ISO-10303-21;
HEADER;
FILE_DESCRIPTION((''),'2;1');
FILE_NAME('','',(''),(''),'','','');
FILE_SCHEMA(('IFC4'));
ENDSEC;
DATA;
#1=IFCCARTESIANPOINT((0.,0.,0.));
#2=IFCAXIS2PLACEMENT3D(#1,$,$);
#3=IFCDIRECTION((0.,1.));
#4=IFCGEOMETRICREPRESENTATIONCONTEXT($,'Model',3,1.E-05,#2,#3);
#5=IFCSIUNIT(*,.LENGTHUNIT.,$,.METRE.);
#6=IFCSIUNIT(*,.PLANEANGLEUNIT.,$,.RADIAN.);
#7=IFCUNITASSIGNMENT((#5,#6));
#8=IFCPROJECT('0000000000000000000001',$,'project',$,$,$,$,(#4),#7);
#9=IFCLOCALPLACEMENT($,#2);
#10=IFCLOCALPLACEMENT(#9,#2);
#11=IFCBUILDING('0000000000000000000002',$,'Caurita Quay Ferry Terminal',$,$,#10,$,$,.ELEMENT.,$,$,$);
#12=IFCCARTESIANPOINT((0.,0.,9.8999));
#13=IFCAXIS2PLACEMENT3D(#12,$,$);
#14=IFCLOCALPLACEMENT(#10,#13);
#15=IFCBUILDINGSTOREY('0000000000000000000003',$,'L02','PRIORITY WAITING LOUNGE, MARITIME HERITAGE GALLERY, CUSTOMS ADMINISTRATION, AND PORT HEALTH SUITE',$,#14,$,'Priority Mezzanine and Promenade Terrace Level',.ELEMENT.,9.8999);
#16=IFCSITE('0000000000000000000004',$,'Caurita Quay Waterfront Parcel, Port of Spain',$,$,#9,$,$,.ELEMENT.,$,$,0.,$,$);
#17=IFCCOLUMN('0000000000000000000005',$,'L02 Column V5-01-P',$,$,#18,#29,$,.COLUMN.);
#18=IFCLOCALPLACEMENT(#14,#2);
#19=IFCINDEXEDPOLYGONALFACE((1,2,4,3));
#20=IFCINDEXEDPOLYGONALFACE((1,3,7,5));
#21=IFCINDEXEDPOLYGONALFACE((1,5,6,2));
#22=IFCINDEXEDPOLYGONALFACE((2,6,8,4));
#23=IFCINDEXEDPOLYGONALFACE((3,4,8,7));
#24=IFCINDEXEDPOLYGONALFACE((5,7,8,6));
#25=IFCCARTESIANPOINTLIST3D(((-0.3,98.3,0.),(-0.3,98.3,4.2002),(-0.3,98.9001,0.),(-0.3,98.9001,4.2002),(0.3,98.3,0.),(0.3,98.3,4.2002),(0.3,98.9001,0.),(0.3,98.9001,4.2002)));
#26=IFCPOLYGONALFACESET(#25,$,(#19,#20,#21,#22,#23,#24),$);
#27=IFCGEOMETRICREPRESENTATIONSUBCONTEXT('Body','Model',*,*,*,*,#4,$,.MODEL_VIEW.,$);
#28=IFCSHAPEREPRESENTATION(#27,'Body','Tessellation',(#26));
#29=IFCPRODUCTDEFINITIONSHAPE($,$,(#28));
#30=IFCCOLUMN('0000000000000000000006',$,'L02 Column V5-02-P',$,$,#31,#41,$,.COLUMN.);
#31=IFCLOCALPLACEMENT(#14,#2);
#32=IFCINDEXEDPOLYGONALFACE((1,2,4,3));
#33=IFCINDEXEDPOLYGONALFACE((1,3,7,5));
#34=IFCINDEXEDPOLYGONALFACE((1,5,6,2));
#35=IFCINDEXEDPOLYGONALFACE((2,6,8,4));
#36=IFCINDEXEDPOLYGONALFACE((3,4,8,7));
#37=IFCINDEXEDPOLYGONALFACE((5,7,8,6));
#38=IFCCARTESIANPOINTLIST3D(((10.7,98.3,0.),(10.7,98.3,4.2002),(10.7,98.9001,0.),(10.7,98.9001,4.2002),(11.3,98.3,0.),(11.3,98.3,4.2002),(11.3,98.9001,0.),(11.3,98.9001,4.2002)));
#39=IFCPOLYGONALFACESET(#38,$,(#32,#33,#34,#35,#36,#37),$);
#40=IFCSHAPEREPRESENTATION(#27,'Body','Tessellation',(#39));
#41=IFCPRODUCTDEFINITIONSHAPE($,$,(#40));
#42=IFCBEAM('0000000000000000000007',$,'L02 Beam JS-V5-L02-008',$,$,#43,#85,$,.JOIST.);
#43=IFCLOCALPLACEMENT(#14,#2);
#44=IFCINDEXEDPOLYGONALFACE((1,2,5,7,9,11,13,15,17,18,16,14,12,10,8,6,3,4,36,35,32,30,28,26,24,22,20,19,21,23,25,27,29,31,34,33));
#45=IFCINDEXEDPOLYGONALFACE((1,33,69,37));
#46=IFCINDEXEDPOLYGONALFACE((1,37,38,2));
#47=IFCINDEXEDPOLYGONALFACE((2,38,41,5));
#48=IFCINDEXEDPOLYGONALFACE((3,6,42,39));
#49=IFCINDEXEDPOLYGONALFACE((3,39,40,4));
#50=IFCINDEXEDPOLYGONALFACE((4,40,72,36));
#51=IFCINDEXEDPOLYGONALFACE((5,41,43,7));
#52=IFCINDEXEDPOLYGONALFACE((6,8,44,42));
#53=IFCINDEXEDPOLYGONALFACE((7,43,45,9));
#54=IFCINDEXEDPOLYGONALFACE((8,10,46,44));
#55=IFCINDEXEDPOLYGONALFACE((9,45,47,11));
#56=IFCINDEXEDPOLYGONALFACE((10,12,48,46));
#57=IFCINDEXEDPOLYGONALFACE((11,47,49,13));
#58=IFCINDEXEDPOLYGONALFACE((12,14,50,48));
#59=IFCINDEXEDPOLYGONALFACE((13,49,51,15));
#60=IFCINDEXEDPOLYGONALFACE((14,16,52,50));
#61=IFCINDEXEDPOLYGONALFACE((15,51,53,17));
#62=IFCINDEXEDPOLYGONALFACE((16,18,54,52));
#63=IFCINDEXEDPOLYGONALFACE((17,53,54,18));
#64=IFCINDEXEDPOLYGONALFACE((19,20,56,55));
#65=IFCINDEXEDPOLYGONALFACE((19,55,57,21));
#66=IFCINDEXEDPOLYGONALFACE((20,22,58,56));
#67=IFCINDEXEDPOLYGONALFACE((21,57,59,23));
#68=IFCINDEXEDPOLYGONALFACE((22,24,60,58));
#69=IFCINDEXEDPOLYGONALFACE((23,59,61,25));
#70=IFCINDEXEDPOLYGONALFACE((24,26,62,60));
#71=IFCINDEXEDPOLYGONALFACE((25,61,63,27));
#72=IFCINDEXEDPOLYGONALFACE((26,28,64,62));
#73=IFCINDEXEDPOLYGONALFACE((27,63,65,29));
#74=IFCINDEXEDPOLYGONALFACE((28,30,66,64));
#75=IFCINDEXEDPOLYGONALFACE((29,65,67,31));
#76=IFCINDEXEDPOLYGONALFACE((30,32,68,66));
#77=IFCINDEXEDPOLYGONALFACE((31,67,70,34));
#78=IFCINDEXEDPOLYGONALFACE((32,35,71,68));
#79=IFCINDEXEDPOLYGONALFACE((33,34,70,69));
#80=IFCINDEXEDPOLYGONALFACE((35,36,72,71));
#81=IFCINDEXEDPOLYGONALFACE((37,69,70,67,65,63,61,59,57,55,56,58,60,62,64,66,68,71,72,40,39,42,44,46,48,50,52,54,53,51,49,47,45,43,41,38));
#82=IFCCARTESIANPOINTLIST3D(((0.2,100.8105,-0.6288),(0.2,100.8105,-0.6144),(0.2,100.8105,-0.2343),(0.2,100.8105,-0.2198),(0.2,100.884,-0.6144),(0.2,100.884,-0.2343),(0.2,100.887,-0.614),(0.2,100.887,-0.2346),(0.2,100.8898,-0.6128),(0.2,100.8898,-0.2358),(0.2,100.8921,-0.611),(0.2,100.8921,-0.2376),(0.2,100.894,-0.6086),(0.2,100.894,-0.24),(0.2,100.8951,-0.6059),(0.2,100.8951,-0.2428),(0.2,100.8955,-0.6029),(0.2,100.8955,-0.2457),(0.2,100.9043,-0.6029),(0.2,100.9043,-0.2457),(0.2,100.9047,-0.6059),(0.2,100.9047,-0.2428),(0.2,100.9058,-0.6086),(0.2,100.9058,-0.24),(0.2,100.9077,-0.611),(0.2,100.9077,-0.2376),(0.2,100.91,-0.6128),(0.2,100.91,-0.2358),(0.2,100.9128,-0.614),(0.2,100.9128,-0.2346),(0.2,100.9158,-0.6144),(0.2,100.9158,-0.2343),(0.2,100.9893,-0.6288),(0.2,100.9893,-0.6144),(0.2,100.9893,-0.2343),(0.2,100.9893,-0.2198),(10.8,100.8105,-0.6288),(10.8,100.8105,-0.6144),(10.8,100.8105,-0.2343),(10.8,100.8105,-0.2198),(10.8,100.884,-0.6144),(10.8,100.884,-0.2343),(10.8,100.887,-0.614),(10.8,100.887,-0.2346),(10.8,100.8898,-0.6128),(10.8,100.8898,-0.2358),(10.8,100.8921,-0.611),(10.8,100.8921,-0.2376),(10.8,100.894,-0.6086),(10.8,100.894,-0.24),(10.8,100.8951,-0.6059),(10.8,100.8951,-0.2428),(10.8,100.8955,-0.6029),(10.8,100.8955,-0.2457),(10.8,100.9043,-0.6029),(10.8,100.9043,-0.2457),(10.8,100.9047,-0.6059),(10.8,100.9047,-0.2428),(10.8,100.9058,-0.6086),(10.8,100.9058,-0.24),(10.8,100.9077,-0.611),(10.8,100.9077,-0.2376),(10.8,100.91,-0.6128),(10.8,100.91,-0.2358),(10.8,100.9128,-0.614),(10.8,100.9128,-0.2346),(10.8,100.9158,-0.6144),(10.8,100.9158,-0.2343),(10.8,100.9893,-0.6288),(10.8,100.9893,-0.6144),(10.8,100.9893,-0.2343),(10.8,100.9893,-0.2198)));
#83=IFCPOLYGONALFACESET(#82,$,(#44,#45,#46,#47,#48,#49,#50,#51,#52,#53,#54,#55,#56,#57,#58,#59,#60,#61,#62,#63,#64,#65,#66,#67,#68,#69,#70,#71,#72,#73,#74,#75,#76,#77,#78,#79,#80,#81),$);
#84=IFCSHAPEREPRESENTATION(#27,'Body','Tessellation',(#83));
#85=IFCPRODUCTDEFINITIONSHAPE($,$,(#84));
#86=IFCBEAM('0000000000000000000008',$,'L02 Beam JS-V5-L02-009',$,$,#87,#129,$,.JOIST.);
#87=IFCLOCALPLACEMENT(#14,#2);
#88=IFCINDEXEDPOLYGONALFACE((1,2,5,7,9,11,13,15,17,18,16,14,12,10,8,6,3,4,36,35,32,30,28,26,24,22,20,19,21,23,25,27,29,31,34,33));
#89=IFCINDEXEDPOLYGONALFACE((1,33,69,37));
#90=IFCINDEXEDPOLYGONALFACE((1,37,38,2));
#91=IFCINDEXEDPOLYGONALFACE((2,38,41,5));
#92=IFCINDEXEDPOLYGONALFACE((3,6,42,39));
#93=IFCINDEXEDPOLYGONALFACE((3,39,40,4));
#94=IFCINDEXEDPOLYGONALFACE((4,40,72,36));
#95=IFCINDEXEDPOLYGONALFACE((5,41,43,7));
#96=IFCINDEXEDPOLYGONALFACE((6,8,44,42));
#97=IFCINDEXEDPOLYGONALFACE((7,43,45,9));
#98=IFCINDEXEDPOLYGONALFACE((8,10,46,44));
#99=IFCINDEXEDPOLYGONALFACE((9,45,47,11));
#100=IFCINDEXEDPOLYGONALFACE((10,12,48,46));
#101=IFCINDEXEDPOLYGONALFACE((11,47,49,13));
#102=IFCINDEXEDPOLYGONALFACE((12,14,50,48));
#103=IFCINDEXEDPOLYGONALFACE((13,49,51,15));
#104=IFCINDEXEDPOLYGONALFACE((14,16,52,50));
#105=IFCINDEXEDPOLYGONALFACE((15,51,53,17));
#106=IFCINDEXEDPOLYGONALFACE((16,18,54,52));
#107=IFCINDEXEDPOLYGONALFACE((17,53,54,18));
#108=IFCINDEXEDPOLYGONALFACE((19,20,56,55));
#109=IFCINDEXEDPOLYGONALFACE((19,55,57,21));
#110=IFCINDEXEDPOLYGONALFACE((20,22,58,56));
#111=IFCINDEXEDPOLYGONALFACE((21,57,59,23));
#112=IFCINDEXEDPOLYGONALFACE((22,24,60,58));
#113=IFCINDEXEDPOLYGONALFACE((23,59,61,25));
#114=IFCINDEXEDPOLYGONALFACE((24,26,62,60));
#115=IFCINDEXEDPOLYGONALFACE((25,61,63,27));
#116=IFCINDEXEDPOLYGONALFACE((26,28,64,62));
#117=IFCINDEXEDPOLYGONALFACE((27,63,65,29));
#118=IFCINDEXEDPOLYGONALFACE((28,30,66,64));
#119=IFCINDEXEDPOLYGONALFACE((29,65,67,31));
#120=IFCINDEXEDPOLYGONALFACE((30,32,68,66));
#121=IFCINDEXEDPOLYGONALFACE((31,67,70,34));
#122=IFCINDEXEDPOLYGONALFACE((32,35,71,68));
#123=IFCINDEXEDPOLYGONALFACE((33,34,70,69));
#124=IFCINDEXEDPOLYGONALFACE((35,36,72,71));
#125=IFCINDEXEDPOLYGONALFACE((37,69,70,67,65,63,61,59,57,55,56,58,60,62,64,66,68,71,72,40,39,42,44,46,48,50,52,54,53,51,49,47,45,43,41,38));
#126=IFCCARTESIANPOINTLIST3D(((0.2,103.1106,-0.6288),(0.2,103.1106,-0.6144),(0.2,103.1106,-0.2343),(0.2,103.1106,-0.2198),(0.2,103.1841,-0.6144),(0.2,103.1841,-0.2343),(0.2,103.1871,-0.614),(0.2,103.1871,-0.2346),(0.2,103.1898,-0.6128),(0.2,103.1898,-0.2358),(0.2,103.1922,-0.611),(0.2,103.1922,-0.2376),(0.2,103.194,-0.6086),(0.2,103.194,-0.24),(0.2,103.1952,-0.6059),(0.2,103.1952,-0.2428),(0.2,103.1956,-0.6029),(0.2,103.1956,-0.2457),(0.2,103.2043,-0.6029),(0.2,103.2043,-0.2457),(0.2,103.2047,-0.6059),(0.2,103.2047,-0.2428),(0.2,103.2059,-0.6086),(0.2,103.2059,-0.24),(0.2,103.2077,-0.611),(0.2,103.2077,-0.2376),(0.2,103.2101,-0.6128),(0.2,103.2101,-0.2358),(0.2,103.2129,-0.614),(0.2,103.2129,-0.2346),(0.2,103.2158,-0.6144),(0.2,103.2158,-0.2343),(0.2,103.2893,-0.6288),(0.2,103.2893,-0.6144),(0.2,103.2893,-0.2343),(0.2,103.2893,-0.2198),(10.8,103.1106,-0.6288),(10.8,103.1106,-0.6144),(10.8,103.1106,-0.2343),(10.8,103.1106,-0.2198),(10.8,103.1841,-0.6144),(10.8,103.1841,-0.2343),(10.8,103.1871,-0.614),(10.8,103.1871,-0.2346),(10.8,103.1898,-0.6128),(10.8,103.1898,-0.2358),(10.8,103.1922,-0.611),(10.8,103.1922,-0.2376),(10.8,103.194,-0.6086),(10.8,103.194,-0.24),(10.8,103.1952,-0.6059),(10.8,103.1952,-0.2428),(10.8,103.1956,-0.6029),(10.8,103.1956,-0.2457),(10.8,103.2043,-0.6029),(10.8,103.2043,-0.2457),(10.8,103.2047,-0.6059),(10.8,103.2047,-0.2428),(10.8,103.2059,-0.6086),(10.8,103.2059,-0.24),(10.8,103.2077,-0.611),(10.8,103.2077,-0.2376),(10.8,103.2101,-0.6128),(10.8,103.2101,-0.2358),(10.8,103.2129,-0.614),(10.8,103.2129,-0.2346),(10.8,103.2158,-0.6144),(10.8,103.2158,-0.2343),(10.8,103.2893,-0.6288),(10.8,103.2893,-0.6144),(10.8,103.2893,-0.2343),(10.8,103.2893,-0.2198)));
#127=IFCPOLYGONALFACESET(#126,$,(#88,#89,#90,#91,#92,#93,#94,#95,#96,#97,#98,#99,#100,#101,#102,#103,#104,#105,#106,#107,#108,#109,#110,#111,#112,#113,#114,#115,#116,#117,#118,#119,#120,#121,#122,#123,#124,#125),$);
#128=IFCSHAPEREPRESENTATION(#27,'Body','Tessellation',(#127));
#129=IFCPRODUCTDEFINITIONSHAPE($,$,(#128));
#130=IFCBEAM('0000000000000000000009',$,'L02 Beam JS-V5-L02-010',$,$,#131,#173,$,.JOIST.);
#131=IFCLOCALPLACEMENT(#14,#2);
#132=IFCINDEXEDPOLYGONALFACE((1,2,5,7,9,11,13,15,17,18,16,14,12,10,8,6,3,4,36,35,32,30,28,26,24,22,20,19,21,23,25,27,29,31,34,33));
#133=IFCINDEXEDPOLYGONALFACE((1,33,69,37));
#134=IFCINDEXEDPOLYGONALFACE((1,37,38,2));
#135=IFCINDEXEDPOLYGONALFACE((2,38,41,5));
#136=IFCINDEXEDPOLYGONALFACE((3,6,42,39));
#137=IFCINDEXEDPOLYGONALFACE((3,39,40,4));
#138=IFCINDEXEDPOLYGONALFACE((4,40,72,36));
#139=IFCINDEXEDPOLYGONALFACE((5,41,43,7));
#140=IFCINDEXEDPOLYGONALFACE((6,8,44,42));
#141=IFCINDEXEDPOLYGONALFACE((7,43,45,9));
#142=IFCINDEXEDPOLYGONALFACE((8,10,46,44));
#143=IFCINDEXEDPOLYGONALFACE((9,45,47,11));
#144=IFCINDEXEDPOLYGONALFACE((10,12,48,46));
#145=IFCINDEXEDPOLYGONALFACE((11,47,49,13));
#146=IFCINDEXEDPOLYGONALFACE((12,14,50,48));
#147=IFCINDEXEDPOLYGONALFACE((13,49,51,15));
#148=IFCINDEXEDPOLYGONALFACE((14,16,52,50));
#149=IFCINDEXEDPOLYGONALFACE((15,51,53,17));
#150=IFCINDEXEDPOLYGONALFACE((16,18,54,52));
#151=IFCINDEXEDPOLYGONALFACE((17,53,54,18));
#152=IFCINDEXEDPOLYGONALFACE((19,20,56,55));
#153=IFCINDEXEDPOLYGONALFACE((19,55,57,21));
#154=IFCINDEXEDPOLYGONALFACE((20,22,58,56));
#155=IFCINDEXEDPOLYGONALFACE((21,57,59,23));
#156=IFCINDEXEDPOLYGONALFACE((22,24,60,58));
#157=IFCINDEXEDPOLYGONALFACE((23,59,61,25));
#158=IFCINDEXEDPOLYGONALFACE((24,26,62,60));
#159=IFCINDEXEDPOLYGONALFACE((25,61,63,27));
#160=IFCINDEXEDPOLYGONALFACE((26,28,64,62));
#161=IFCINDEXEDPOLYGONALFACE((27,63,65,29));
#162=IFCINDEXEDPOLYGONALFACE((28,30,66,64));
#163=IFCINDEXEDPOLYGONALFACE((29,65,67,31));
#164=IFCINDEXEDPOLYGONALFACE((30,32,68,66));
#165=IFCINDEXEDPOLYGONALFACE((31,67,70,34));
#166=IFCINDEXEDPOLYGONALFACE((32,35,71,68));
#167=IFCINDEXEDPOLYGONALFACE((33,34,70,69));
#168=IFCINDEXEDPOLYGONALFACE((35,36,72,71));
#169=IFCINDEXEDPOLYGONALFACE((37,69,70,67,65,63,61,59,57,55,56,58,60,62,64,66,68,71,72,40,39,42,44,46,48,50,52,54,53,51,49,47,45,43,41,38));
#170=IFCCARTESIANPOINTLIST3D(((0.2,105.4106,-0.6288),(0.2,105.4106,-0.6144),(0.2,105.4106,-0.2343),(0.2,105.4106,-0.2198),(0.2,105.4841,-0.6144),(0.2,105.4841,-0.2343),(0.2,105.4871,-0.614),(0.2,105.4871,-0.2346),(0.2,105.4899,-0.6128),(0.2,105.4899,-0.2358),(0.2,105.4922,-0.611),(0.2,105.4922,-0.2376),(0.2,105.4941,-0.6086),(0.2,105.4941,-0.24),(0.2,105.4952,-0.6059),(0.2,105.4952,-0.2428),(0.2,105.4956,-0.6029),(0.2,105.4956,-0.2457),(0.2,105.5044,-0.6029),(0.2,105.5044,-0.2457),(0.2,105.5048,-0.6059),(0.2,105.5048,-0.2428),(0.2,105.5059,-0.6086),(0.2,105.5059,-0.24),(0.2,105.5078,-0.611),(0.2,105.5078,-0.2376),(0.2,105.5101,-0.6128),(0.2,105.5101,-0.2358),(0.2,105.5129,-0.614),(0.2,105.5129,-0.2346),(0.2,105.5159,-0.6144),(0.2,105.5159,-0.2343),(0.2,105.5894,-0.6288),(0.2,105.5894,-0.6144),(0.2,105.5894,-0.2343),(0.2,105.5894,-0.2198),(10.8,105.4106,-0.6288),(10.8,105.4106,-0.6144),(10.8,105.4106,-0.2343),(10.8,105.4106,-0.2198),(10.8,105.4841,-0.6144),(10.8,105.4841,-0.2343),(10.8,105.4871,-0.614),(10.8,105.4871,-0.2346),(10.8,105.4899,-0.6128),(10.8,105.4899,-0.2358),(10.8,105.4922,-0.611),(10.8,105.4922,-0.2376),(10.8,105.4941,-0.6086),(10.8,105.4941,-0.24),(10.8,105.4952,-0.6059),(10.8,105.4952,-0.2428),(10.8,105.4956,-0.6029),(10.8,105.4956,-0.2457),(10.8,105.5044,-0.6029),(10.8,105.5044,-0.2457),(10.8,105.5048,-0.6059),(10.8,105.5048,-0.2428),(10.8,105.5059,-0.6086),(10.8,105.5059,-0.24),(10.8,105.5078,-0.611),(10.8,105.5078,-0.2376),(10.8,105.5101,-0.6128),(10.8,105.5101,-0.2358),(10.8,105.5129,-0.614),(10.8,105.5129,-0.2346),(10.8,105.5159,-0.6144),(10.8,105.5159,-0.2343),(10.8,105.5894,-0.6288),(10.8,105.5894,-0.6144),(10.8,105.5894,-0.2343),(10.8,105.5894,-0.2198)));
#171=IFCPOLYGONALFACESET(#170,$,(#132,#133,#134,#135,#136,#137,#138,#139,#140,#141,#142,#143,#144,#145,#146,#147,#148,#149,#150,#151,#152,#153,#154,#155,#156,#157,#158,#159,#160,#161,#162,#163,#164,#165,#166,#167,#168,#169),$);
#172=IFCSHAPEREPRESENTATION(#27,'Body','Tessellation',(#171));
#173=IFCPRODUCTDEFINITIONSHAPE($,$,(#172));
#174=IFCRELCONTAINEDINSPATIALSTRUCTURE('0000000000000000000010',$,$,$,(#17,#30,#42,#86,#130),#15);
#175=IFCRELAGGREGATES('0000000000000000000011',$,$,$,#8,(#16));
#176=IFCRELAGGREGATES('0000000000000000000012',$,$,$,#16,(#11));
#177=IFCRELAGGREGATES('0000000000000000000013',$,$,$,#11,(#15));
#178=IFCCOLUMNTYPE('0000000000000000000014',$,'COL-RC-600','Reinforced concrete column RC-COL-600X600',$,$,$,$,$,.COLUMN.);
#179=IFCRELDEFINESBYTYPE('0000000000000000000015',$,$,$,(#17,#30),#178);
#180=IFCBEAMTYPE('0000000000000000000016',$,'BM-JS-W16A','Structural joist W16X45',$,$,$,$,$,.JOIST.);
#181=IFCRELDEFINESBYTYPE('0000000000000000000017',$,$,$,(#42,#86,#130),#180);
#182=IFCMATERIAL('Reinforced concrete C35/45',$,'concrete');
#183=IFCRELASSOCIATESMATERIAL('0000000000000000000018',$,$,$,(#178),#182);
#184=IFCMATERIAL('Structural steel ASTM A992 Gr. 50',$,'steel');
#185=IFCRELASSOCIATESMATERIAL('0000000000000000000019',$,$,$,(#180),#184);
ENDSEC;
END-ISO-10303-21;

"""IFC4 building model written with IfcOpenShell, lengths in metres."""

from ifc_helpers import new_model, si_unit, direction, frame, origin, origin_2d, place, context, subcontext, project, spatial, rectangle, i_section, extrude, material, material_profile, profile_set, type_object, element, save


model = new_model("IFC4")

# Units and contexts
model_context = context("Model", 3, precision=1e-05, world=origin(), true_north=direction((0.0, 1.0)))
body_context = subcontext(model_context, "Body", "Model", "MODEL_VIEW")
ifc_project = project(units=[si_unit("LENGTHUNIT", "METRE"), si_unit("PLANEANGLEUNIT", "RADIAN")], contexts=[model_context])

# Site, building, storey
site_placement = place(None, origin())
site = spatial("IfcSite", under=ifc_project, at=site_placement, Name="Caurita Quay Waterfront Parcel, Port of Spain", CompositionType="ELEMENT", RefElevation=0.0)
building_placement = place(site_placement, origin())
building = spatial("IfcBuilding", under=site, at=building_placement, Name="Caurita Quay Ferry Terminal", CompositionType="ELEMENT")
storey_placement = place(building_placement, frame((0.0, 0.0, 9.8999)))
storey = spatial("IfcBuildingStorey", under=building, at=storey_placement, Name="L02", Description="PRIORITY WAITING LOUNGE, MARITIME HERITAGE GALLERY, CUSTOMS ADMINISTRATION, AND PORT HEALTH SUITE", LongName="Priority Mezzanine and Promenade Terrace Level", CompositionType="ELEMENT", Elevation=9.8999)

# Columns
ifc_material_1 = material(Name="Reinforced concrete C35/45", Category="concrete")
ifc_material_profile_1 = material_profile(ifc_material_1, rectangle(XDim=0.6001, YDim=0.6001, at=origin_2d()), Name="RC-COL-600X600")
ifc_profile_set_1 = profile_set([ifc_material_profile_1], Name="Reinforced concrete C35/45")
column_type = type_object("IfcColumnType", Name="COL-RC-600", Description="Reinforced concrete column RC-COL-600X600", PredefinedType="COLUMN", material=ifc_profile_set_1)
for number, where, z_axis, x_axis, name in (
    (1, (0.0, 98.6001, 0.0), (0.0, 0.0, 1.0), (1.0, 0.0, 0.0), "L02 Column V5-01-P"),
    (2, (11.0, 98.6001, 0.0), (0.0, 0.0, 1.0), (1.0, 0.0, 0.0), "L02 Column V5-02-P"),
):
    element("IfcColumn", number, at=place(storey_placement, frame(where, z_axis=z_axis, x_axis=x_axis)), inside=storey, type_object=column_type, Name=name, PredefinedType="COLUMN", context=body_context, shape_type="SweptSolid", body=[
        extrude(rectangle(XDim=0.6001, YDim=0.6001, at=origin_2d()), origin(), (0.0, 0.0, 1.0), 4.2002),
    ])

# Beams
ifc_material_2 = material(Name="Structural steel ASTM A992 Gr. 50", Category="steel")
ifc_material_profile_2 = material_profile(ifc_material_2, i_section(OverallWidth=0.1787, OverallDepth=0.4089, WebThickness=0.0088, FlangeThickness=0.0144, FilletRadius=0.0115, at=origin_2d()), Name="W16X45")
ifc_profile_set_2 = profile_set([ifc_material_profile_2], Name="Structural steel ASTM A992 Gr. 50")
beam_type_1 = type_object("IfcBeamType", Name="BM-JS-W16A", Description="Structural joist W16X45", PredefinedType="JOIST", material=ifc_profile_set_2)
for number, where, z_axis, x_axis, name in (
    (3, (0.2, 100.8999, -0.4243), (1.0, 0.0, 0.0), (0.0, 1.0, 0.0), "L02 Beam JS-V5-L02-008"),
    (4, (0.2, 103.2, -0.4243), (1.0, 0.0, 0.0), (0.0, 1.0, 0.0), "L02 Beam JS-V5-L02-009"),
    (5, (0.2, 105.5, -0.4243), (1.0, 0.0, 0.0), (0.0, 1.0, 0.0), "L02 Beam JS-V5-L02-010"),
):
    element("IfcBeam", number, at=place(storey_placement, frame(where, z_axis=z_axis, x_axis=x_axis)), inside=storey, type_object=beam_type_1, Name=name, PredefinedType="JOIST", context=body_context, shape_type="SweptSolid", body=[
        extrude(i_section(OverallWidth=0.1787, OverallDepth=0.4089, WebThickness=0.0088, FlangeThickness=0.0144, FilletRadius=0.0115, at=origin_2d()), origin(), (0.0, 0.0, 1.0), 10.6001),
    ])

save(model, "model.ifc")
